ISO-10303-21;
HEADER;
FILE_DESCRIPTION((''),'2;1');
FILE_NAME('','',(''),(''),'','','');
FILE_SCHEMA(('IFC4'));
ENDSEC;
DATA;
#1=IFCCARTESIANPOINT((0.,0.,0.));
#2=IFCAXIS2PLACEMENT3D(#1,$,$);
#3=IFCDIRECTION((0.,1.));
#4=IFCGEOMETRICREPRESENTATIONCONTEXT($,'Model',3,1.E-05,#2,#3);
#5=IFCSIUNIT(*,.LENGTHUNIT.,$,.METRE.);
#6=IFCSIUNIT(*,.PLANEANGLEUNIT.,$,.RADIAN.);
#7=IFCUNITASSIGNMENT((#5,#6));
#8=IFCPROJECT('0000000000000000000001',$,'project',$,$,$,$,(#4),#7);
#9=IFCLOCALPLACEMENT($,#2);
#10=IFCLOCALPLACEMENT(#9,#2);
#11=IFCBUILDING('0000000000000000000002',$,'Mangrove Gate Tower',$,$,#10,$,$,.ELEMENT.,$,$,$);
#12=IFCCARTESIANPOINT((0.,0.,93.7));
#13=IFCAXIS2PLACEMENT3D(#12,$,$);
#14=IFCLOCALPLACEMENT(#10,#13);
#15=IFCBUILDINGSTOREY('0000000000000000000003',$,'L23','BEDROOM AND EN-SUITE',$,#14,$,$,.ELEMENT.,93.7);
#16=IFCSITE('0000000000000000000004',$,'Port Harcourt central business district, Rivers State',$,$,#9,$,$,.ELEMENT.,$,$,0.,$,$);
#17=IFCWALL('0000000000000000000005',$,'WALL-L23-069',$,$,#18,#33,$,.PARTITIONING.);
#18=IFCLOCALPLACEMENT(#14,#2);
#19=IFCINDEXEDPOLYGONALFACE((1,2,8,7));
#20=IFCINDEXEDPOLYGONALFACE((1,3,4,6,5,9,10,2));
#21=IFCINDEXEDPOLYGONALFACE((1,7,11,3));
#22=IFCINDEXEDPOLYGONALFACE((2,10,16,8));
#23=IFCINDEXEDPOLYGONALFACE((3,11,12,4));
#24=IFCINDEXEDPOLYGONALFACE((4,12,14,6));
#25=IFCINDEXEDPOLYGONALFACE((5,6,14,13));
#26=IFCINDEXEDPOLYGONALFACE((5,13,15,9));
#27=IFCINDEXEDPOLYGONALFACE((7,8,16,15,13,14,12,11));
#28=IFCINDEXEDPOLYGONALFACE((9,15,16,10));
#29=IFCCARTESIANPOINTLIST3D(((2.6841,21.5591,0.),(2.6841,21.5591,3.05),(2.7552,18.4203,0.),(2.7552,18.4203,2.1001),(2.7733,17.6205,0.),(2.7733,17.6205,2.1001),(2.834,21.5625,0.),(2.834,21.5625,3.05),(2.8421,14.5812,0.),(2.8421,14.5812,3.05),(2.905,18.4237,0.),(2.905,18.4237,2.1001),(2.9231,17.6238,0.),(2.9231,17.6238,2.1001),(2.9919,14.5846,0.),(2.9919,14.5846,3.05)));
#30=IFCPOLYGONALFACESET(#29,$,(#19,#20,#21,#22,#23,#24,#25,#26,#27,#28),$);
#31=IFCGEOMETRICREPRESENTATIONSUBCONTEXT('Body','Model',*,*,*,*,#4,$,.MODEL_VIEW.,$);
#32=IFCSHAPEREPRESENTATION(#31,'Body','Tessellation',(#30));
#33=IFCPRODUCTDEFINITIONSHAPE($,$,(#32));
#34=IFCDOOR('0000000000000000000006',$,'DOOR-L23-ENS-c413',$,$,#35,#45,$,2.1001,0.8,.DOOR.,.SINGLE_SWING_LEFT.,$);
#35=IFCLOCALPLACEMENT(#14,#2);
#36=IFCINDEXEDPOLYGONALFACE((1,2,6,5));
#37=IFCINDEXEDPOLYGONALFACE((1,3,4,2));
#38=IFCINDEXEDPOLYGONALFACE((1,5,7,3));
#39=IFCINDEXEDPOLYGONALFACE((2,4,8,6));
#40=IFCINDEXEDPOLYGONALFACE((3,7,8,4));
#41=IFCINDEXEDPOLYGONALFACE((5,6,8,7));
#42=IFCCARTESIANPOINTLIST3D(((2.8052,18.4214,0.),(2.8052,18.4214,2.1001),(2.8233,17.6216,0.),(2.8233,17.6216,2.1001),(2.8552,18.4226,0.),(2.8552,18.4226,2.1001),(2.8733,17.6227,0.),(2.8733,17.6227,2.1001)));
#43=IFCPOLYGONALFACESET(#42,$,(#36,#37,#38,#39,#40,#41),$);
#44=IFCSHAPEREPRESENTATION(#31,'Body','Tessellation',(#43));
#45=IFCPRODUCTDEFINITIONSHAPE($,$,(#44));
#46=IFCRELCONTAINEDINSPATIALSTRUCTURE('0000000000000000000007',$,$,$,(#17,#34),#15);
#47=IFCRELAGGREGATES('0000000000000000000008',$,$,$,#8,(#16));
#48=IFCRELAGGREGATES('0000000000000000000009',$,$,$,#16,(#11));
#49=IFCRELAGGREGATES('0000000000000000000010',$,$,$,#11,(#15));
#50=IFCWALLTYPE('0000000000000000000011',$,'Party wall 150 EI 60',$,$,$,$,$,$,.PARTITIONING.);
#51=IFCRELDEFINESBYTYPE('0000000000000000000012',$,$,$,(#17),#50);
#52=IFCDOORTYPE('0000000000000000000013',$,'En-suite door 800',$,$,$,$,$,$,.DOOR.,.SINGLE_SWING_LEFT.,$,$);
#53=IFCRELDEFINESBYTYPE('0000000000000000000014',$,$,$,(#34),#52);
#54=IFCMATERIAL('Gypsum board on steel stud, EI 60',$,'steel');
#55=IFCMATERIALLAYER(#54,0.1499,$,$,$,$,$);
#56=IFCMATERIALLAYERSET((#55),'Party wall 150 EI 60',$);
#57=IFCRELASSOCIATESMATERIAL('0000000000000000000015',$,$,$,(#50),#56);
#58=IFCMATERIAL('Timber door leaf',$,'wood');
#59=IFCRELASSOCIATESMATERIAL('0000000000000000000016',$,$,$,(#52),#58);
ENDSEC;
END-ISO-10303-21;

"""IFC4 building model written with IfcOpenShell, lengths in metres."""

from ifc_helpers import new_model, si_unit, direction, frame, frame_2d, origin, place, context, subcontext, project, spatial, rectangle, extrude, material, layer, layer_set, type_object, element, fill, save


model = new_model("IFC4")

# Units and contexts
model_context = context("Model", 3, precision=1e-05, world=origin(), true_north=direction((0.0, 1.0)))
body_context = subcontext(model_context, "Body", "Model", "MODEL_VIEW")
ifc_project = project(units=[si_unit("LENGTHUNIT", "METRE"), si_unit("PLANEANGLEUNIT", "RADIAN")], contexts=[model_context])

# Site, building, storey
site_placement = place(None, origin())
site = spatial("IfcSite", under=ifc_project, at=site_placement, Name="Port Harcourt central business district, Rivers State", CompositionType="ELEMENT", RefElevation=0.0)
building_placement = place(site_placement, origin())
building = spatial("IfcBuilding", under=site, at=building_placement, Name="Mangrove Gate Tower", CompositionType="ELEMENT")
storey_placement = place(building_placement, frame((0.0, 0.0, 93.7)))
storey = spatial("IfcBuildingStorey", under=building, at=storey_placement, Name="L23", Description="BEDROOM AND EN-SUITE", CompositionType="ELEMENT", Elevation=93.7)

# Shared definitions
ifc_material_1 = material(Name="Gypsum board on steel stud, EI 60", Category="steel")
ifc_layer_1 = layer(ifc_material_1, 0.1499)
ifc_layer_set_1 = layer_set([ifc_layer_1], Name="Party wall 150 EI 60")
wall_type_1 = type_object("IfcWallType", Name="Party wall 150 EI 60", PredefinedType="PARTITIONING", material=ifc_layer_set_1)

# Wall, opening, door
wall_1_placement = place(storey_placement, frame((2.917, 14.583, 0.0), z_axis=(0.0, 0.0, 1.0), x_axis=(-0.022631, 0.999744, 0.0)))
wall_1 = element("IfcWall", 1, at=wall_1_placement, inside=storey, type_object=wall_type_1, Name="WALL-L23-069", PredefinedType="PARTITIONING", context=body_context, shape_type="SweptSolid", body=[
    extrude(rectangle(XDim=6.9797, YDim=0.1499, at=frame_2d((3.4897, 0.0))), origin(), (0.0, 0.0, 1.0), 3.05),
])
opening_1_placement = place(wall_1_placement, frame((3.04, 0.0, 0.0)))
opening_1 = element("IfcOpeningElement", 2, at=opening_1_placement, cuts=wall_1, PredefinedType="OPENING", context=body_context, shape_type="SweptSolid", body=[
    extrude(rectangle(XDim=0.8, YDim=2.1001, at=frame_2d((0.3999, 1.05))), frame((0.0, 0.085, 0.0), z_axis=(0.0, -1.0, 0.0), x_axis=(1.0, 0.0, 0.0)), (0.0, 0.0, 1.0), 0.1699),
])
ifc_material_2 = material(Name="Timber door leaf", Category="wood")
door_type_1 = type_object("IfcDoorType", Name="En-suite door 800", OperationType="SINGLE_SWING_LEFT", PredefinedType="DOOR", material=ifc_material_2)
door_1_placement = place(opening_1_placement, origin())
door_1 = element("IfcDoor", 3, at=door_1_placement, inside=storey, type_object=door_type_1, Name="DOOR-L23-ENS-c413", OperationType="SINGLE_SWING_LEFT", OverallHeight=2.1001, OverallWidth=0.8, PredefinedType="DOOR", context=body_context, shape_type="SweptSolid", body=[
    extrude(rectangle(XDim=0.8, YDim=2.1001, at=frame_2d((0.3999, 1.05))), frame((0.0, 0.0249, 0.0), z_axis=(0.0, -1.0, 0.0), x_axis=(1.0, 0.0, 0.0)), (0.0, 0.0, 1.0), 0.05),
])
fill(opening_1, door_1)

save(model, "model.ifc")
